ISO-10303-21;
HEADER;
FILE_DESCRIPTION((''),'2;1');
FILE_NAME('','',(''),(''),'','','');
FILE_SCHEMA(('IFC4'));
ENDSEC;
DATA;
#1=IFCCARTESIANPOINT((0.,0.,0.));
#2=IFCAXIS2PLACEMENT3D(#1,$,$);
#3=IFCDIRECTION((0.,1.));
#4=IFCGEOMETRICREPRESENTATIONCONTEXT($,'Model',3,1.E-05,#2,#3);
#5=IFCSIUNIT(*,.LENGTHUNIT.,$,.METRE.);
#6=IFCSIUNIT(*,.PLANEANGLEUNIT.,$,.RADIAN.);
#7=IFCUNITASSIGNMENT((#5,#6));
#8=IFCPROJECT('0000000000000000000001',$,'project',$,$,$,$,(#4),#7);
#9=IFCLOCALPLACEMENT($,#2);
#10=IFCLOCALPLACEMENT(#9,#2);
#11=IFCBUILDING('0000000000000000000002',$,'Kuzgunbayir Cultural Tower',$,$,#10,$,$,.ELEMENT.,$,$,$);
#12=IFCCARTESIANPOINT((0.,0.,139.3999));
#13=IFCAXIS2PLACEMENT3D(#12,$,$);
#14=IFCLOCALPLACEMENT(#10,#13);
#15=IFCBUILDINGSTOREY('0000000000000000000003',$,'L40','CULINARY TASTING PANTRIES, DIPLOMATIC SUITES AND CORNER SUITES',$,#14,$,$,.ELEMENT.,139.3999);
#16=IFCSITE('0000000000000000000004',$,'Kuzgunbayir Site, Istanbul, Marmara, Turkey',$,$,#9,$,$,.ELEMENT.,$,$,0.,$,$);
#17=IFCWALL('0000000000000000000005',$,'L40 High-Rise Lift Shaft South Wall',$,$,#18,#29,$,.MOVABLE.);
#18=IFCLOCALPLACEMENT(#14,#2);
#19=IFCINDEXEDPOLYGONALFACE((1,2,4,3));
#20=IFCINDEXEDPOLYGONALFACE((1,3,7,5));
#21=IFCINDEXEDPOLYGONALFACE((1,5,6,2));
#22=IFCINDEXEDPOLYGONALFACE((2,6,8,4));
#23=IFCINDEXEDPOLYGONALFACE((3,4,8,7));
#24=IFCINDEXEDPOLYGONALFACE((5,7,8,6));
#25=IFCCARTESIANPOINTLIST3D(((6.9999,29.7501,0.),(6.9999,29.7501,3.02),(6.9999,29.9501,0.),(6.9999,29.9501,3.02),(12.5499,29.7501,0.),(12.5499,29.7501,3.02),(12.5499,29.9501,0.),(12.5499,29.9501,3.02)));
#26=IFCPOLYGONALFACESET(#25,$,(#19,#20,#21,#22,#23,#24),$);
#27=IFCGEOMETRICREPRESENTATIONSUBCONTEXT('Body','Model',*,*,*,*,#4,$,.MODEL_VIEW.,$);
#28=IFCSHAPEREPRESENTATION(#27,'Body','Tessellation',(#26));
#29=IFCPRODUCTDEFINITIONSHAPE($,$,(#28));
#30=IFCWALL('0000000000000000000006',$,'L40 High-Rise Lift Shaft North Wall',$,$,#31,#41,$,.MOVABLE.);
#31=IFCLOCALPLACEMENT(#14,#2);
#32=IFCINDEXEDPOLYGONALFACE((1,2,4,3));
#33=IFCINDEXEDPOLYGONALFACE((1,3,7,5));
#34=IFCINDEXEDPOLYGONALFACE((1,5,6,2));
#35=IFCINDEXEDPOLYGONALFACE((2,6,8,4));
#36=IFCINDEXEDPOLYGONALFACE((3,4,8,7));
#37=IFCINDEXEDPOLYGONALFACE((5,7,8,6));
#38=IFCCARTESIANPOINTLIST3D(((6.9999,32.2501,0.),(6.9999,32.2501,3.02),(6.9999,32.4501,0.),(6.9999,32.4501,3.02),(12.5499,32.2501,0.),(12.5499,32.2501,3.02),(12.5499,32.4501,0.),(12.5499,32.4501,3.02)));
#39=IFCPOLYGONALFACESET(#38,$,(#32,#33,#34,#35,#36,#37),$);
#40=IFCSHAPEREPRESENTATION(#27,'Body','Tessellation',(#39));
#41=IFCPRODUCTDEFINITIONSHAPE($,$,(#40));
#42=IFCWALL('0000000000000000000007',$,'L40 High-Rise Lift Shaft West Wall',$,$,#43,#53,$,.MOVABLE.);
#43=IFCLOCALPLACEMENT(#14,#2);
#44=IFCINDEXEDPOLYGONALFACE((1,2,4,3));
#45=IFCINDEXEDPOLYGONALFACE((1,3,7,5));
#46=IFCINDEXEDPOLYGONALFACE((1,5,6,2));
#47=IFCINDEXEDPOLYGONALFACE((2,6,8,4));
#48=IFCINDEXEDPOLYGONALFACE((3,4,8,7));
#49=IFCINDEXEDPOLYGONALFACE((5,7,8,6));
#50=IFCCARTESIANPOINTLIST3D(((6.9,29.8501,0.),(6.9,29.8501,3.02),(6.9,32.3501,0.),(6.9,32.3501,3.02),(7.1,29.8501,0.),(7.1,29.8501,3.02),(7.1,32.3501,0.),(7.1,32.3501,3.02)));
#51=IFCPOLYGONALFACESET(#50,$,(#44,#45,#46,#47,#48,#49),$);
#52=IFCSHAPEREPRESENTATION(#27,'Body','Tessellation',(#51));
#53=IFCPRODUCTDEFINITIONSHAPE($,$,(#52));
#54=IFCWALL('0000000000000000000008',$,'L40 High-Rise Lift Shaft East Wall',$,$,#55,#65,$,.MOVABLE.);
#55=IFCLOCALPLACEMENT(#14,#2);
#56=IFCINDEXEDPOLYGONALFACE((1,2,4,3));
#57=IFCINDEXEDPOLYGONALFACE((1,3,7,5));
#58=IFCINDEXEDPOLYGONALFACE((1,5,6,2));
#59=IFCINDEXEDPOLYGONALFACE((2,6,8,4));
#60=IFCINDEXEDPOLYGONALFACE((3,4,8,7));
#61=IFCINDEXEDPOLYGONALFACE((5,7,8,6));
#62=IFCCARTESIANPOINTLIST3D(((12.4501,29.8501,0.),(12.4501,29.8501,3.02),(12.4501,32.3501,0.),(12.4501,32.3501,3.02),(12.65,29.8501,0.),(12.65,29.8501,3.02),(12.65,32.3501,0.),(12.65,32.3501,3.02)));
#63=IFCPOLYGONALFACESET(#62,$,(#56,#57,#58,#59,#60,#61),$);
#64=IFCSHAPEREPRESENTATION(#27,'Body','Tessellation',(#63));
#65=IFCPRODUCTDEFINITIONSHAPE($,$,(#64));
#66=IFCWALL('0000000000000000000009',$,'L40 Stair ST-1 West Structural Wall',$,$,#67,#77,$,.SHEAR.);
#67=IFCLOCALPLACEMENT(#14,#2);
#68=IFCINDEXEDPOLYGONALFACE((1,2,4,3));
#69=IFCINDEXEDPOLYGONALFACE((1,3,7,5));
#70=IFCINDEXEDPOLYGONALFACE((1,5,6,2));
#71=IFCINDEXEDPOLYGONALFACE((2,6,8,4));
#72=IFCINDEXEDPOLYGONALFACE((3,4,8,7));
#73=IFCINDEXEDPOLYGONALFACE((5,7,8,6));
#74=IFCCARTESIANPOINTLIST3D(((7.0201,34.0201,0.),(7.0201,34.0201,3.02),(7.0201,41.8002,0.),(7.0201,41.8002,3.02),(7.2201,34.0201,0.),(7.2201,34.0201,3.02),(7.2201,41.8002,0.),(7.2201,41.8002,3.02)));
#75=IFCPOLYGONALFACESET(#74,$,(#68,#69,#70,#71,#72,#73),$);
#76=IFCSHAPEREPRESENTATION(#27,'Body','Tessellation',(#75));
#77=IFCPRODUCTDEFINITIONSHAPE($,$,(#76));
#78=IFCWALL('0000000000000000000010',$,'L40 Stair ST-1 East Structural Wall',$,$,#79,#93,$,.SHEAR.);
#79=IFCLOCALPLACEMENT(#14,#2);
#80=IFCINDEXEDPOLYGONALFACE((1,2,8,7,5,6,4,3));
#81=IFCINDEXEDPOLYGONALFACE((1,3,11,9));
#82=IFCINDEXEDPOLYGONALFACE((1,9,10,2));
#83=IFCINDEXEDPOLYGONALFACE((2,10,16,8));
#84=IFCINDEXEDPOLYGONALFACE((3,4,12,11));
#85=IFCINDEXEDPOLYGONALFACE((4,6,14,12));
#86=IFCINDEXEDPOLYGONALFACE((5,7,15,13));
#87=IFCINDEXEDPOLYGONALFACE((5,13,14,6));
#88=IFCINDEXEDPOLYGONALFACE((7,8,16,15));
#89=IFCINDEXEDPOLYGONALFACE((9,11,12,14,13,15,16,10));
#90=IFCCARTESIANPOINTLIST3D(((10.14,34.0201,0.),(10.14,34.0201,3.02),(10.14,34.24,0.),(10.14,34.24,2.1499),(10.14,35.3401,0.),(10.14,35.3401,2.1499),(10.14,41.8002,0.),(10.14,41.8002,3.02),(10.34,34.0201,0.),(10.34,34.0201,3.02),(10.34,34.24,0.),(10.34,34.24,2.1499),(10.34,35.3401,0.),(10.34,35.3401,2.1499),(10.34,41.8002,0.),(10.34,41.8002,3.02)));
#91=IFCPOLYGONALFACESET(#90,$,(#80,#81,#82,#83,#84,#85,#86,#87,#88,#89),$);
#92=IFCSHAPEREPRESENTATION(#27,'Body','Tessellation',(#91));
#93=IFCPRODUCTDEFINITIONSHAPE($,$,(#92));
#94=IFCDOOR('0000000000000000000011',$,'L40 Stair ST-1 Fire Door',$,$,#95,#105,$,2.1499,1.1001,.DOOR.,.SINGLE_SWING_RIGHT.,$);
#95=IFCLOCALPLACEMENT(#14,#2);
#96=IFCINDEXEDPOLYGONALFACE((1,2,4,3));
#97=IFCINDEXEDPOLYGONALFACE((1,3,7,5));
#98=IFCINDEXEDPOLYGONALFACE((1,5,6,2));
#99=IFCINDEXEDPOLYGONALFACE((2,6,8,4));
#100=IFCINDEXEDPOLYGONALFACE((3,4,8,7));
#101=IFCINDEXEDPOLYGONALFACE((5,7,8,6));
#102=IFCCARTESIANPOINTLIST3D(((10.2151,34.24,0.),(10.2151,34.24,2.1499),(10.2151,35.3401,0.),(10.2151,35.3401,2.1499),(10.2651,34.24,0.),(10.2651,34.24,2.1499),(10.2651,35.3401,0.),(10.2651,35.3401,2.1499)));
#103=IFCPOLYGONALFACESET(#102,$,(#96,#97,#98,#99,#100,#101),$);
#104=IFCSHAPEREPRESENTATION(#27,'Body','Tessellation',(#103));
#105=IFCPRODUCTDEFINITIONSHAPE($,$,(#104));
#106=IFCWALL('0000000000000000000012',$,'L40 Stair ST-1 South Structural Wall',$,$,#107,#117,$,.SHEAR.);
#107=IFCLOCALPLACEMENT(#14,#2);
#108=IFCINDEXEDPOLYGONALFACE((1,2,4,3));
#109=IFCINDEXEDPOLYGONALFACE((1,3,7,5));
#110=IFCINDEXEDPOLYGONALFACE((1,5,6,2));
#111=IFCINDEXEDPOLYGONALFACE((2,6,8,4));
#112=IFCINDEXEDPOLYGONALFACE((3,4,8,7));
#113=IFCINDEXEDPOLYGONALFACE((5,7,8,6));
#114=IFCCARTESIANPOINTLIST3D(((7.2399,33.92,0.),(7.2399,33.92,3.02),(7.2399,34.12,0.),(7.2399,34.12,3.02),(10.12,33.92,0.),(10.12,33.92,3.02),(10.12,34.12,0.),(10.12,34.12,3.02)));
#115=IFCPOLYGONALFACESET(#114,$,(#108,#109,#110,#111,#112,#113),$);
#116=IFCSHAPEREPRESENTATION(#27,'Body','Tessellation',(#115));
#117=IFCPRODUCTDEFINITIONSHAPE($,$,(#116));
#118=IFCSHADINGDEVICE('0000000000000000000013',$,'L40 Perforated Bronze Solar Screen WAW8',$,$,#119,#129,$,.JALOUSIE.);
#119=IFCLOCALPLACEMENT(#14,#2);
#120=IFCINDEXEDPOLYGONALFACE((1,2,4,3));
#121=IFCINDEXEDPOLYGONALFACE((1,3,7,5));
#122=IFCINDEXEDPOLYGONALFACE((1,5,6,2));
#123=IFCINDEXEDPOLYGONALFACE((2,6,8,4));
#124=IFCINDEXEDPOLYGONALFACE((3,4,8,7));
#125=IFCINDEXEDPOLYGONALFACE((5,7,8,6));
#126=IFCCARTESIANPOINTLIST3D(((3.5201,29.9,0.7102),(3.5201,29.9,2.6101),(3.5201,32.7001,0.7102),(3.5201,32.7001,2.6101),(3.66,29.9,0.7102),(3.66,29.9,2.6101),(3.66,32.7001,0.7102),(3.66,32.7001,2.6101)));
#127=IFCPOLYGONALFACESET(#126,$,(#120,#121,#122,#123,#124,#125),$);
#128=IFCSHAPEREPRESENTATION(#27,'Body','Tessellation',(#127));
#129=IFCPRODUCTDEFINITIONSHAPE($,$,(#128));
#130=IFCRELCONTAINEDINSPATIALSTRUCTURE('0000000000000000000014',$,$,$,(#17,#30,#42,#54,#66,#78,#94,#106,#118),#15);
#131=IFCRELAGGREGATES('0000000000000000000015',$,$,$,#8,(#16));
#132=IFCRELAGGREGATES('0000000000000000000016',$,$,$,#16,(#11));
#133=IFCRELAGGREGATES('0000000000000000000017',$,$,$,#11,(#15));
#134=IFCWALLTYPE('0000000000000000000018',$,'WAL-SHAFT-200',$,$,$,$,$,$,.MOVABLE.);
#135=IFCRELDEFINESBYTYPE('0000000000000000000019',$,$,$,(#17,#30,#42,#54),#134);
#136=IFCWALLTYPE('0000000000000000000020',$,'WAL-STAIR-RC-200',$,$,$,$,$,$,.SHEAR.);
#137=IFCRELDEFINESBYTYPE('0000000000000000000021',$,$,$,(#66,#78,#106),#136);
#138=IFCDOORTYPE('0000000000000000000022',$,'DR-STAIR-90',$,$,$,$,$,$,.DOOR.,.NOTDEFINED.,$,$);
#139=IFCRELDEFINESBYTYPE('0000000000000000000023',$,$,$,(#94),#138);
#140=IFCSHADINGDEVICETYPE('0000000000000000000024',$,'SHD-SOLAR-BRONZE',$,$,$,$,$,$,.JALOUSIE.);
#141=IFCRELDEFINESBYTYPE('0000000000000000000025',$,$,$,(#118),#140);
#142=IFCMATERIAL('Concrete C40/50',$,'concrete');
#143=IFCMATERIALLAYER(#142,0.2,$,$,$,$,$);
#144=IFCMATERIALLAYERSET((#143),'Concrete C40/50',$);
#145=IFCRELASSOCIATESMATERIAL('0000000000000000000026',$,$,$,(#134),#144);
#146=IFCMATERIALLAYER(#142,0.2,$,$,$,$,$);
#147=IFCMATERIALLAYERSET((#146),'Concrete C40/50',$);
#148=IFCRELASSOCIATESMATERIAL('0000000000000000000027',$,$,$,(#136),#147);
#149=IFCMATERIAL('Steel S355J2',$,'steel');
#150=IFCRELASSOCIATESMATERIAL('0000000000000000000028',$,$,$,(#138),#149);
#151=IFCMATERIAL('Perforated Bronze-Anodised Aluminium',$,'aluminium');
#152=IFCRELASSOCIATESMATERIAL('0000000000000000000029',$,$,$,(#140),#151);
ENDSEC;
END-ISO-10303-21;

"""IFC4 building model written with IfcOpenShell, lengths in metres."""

from ifc_helpers import new_model, si_unit, direction, frame, frame_2d, origin, origin_2d, place, context, subcontext, project, spatial, rectangle, extrude, material, layer, layer_set, type_object, element, fill, save


model = new_model("IFC4")

# Units and contexts
model_context = context("Model", 3, precision=1e-05, world=origin(), true_north=direction((0.0, 1.0)))
body_context = subcontext(model_context, "Body", "Model", "MODEL_VIEW")
ifc_project = project(units=[si_unit("LENGTHUNIT", "METRE"), si_unit("PLANEANGLEUNIT", "RADIAN")], contexts=[model_context])

# Site, building, storey
site_placement = place(None, origin())
site = spatial("IfcSite", under=ifc_project, at=site_placement, Name="Kuzgunbayir Site, Istanbul, Marmara, Turkey", CompositionType="ELEMENT", RefElevation=0.0)
building_placement = place(site_placement, origin())
building = spatial("IfcBuilding", under=site, at=building_placement, Name="Kuzgunbayir Cultural Tower", CompositionType="ELEMENT")
storey_placement = place(building_placement, frame((0.0, 0.0, 139.3999)))
storey = spatial("IfcBuildingStorey", under=building, at=storey_placement, Name="L40", Description="CULINARY TASTING PANTRIES, DIPLOMATIC SUITES AND CORNER SUITES", CompositionType="ELEMENT", Elevation=139.3999)

# Shared definitions
ifc_material_1 = material(Name="Steel S355J2", Category="steel")

# Walls
ifc_material_2 = material(Name="Concrete C40/50", Category="concrete")
ifc_layer_1 = layer(ifc_material_2, 0.2)
ifc_layer_set_1 = layer_set([ifc_layer_1], Name="Concrete C40/50")
wall_type_1 = type_object("IfcWallType", Name="WAL-SHAFT-200", PredefinedType="MOVABLE", material=ifc_layer_set_1)
for number, where, z_axis, x_axis, name in (
    (1, (7.0, 29.8501, 0.0), (0.0, 0.0, 1.0), (1.0, 0.0, 0.0), "L40 High-Rise Lift Shaft South Wall"),
    (2, (7.0, 32.3501, 0.0), (0.0, 0.0, 1.0), (1.0, 0.0, 0.0), "L40 High-Rise Lift Shaft North Wall"),
):
    element("IfcWall", number, at=place(storey_placement, frame(where, z_axis=z_axis, x_axis=x_axis)), inside=storey, type_object=wall_type_1, Name=name, PredefinedType="MOVABLE", context=body_context, shape_type="SweptSolid", body=[
        extrude(rectangle(XDim=5.55, YDim=0.2, at=frame_2d((2.7749, 0.0))), origin(), (0.0, 0.0, 1.0), 3.02),
    ])
for number, where, z_axis, x_axis, name in (
    (3, (7.0, 29.8501, 0.0), (0.0, 0.0, 1.0), (0.0, 1.0, 0.0), "L40 High-Rise Lift Shaft West Wall"),
    (4, (12.55, 29.8501, 0.0), (0.0, 0.0, 1.0), (0.0, 1.0, 0.0), "L40 High-Rise Lift Shaft East Wall"),
):
    element("IfcWall", number, at=place(storey_placement, frame(where, z_axis=z_axis, x_axis=x_axis)), inside=storey, type_object=wall_type_1, Name=name, PredefinedType="MOVABLE", context=body_context, shape_type="SweptSolid", body=[
        extrude(rectangle(XDim=2.5, YDim=0.2, at=frame_2d((1.25, 0.0))), origin(), (0.0, 0.0, 1.0), 3.02),
    ])

# Wall
ifc_layer_2 = layer(ifc_material_2, 0.2)
ifc_layer_set_2 = layer_set([ifc_layer_2], Name="Concrete C40/50")
wall_type_2 = type_object("IfcWallType", Name="WAL-STAIR-RC-200", PredefinedType="SHEAR", material=ifc_layer_set_2)
wall_1_placement = place(storey_placement, frame((7.1201, 34.02, 0.0), z_axis=(0.0, 0.0, 1.0), x_axis=(0.0, 1.0, 0.0)))
element("IfcWall", 5, at=wall_1_placement, inside=storey, type_object=wall_type_2, Name="L40 Stair ST-1 West Structural Wall", PredefinedType="SHEAR", context=body_context, shape_type="SweptSolid", body=[
    extrude(rectangle(XDim=7.78, YDim=0.2, at=frame_2d((3.8901, 0.0))), origin(), (0.0, 0.0, 1.0), 3.02),
])

# Wall, opening, door
wall_2_placement = place(storey_placement, frame((10.24, 34.02, 0.0), z_axis=(0.0, 0.0, 1.0), x_axis=(0.0, 1.0, 0.0)))
wall_2 = element("IfcWall", 6, at=wall_2_placement, inside=storey, type_object=wall_type_2, Name="L40 Stair ST-1 East Structural Wall", PredefinedType="SHEAR", context=body_context, shape_type="SweptSolid", body=[
    extrude(rectangle(XDim=7.78, YDim=0.2, at=frame_2d((3.8901, 0.0))), origin(), (0.0, 0.0, 1.0), 3.02),
])
opening_1_placement = place(wall_2_placement, frame((0.22, 0.0, 0.0)))
opening_1 = element("IfcOpeningElement", 7, at=opening_1_placement, cuts=wall_2, PredefinedType="OPENING", context=body_context, shape_type="SweptSolid", body=[
    extrude(rectangle(XDim=1.1001, YDim=2.1499, at=frame_2d((0.55, 1.075))), frame((0.0, 0.1099, 0.0), z_axis=(0.0, -1.0, 0.0), x_axis=(1.0, 0.0, 0.0)), (0.0, 0.0, 1.0), 0.22),
])
door_type_1 = type_object("IfcDoorType", Name="DR-STAIR-90", OperationType="NOTDEFINED", PredefinedType="DOOR", material=ifc_material_1)
door_1_placement = place(opening_1_placement, origin())
door_1 = element("IfcDoor", 8, at=door_1_placement, inside=storey, type_object=door_type_1, Name="L40 Stair ST-1 Fire Door", OperationType="SINGLE_SWING_RIGHT", OverallHeight=2.1499, OverallWidth=1.1001, PredefinedType="DOOR", context=body_context, shape_type="SweptSolid", body=[
    extrude(rectangle(XDim=1.1001, YDim=2.1499, at=frame_2d((0.55, 1.075))), frame((0.0, 0.0249, 0.0), z_axis=(0.0, -1.0, 0.0), x_axis=(1.0, 0.0, 0.0)), (0.0, 0.0, 1.0), 0.05),
])
fill(opening_1, door_1)

# Wall
wall_3_placement = place(storey_placement, frame((7.24, 34.02, 0.0), z_axis=(0.0, 0.0, 1.0), x_axis=(1.0, 0.0, 0.0)))
element("IfcWall", 9, at=wall_3_placement, inside=storey, type_object=wall_type_2, Name="L40 Stair ST-1 South Structural Wall", PredefinedType="SHEAR", context=body_context, shape_type="SweptSolid", body=[
    extrude(rectangle(XDim=2.8801, YDim=0.2, at=frame_2d((1.4399, 0.0))), origin(), (0.0, 0.0, 1.0), 3.02),
])

# Shading device
ifc_material_3 = material(Name="Perforated Bronze-Anodised Aluminium", Category="aluminium")
shading_device_type = type_object("IfcShadingDeviceType", Name="SHD-SOLAR-BRONZE", PredefinedType="JALOUSIE", material=ifc_material_3)
shading_device_placement = place(storey_placement, frame((3.5901, 31.3, 0.7102), z_axis=(0.0, 0.0, 1.0), x_axis=(1.0, 0.0, 0.0)))
element("IfcShadingDevice", 10, at=shading_device_placement, inside=storey, type_object=shading_device_type, Name="L40 Perforated Bronze Solar Screen WAW8", PredefinedType="JALOUSIE", context=body_context, shape_type="SweptSolid", body=[
    extrude(rectangle(XDim=0.1399, YDim=2.8, at=origin_2d()), origin(), (0.0, 0.0, 1.0), 1.8999),
])

save(model, "model.ifc")
